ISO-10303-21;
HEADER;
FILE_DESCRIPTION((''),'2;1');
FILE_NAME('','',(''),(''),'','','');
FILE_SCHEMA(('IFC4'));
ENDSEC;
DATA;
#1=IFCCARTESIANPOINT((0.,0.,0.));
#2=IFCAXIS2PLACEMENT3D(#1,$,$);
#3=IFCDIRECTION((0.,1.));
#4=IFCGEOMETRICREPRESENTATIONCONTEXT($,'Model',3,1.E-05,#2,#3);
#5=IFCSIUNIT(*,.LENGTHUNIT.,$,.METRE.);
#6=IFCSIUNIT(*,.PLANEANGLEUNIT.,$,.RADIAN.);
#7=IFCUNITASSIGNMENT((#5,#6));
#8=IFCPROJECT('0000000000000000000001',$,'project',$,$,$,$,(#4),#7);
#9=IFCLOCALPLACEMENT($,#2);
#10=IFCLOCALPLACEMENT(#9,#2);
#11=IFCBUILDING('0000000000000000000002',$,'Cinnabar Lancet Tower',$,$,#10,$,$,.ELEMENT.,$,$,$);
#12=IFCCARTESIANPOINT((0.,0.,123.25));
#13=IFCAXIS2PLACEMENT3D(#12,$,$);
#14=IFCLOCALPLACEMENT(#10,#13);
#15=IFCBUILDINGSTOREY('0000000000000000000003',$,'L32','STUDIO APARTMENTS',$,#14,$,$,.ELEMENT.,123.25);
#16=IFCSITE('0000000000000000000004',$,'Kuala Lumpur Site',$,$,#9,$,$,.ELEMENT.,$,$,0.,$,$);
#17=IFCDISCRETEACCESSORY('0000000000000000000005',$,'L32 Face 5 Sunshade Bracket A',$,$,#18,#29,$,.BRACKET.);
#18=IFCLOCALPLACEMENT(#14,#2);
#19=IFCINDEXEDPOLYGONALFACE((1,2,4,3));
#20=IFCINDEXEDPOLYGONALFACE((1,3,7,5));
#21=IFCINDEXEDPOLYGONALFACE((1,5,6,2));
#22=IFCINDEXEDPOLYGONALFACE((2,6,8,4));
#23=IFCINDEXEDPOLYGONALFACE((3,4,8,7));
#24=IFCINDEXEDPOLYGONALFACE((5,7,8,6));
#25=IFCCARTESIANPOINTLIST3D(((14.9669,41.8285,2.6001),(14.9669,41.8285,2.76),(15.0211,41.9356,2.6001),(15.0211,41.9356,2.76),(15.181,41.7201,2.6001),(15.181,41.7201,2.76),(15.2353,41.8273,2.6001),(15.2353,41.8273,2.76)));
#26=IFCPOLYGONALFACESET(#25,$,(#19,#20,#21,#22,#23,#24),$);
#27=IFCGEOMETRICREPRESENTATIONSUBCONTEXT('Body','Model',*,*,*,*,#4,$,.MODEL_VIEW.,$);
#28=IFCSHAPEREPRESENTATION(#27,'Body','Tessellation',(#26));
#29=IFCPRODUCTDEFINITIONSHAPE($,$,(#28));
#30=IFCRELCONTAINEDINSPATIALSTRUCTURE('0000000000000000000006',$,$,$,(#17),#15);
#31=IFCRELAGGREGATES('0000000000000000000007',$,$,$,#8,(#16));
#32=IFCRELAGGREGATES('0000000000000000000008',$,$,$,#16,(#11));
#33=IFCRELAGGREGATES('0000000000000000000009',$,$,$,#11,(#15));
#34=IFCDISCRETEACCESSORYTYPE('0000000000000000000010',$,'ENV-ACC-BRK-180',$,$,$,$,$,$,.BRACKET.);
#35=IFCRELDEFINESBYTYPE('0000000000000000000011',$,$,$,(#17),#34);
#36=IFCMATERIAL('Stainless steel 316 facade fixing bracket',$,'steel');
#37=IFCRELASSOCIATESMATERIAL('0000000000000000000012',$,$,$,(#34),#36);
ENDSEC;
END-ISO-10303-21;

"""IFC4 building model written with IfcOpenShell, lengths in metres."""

from ifc_helpers import new_model, si_unit, direction, frame, origin, origin_2d, place, context, subcontext, project, spatial, rectangle, extrude, material, type_object, element, save


model = new_model("IFC4")

# Units and contexts
model_context = context("Model", 3, precision=1e-05, world=origin(), true_north=direction((0.0, 1.0)))
body_context = subcontext(model_context, "Body", "Model", "MODEL_VIEW")
ifc_project = project(units=[si_unit("LENGTHUNIT", "METRE"), si_unit("PLANEANGLEUNIT", "RADIAN")], contexts=[model_context])

# Site, building, storey
site_placement = place(None, origin())
site = spatial("IfcSite", under=ifc_project, at=site_placement, Name="Kuala Lumpur Site", CompositionType="ELEMENT", RefElevation=0.0)
building_placement = place(site_placement, origin())
building = spatial("IfcBuilding", under=site, at=building_placement, Name="Cinnabar Lancet Tower", CompositionType="ELEMENT")
storey_placement = place(building_placement, frame((0.0, 0.0, 123.25)))
storey = spatial("IfcBuildingStorey", under=building, at=storey_placement, Name="L32", Description="STUDIO APARTMENTS", CompositionType="ELEMENT", Elevation=123.25)

# Discrete accessory
ifc_material_1 = material(Name="Stainless steel 316 facade fixing bracket", Category="steel")
discrete_accessory_type = type_object("IfcDiscreteAccessoryType", Name="ENV-ACC-BRK-180", PredefinedType="BRACKET", material=ifc_material_1)
discrete_accessory_placement = place(storey_placement, frame((15.1011, 41.8279, 2.6001), z_axis=(0.0, 0.0, 1.0), x_axis=(-0.451454, -0.892294, 0.0)))
element("IfcDiscreteAccessory", 1, at=discrete_accessory_placement, inside=storey, type_object=discrete_accessory_type, Name="L32 Face 5 Sunshade Bracket A", PredefinedType="BRACKET", context=body_context, shape_type="SweptSolid", body=[
    extrude(rectangle(XDim=0.1201, YDim=0.24, at=origin_2d()), origin(), (0.0, 0.0, 1.0), 0.1599),
])

save(model, "model.ifc")
